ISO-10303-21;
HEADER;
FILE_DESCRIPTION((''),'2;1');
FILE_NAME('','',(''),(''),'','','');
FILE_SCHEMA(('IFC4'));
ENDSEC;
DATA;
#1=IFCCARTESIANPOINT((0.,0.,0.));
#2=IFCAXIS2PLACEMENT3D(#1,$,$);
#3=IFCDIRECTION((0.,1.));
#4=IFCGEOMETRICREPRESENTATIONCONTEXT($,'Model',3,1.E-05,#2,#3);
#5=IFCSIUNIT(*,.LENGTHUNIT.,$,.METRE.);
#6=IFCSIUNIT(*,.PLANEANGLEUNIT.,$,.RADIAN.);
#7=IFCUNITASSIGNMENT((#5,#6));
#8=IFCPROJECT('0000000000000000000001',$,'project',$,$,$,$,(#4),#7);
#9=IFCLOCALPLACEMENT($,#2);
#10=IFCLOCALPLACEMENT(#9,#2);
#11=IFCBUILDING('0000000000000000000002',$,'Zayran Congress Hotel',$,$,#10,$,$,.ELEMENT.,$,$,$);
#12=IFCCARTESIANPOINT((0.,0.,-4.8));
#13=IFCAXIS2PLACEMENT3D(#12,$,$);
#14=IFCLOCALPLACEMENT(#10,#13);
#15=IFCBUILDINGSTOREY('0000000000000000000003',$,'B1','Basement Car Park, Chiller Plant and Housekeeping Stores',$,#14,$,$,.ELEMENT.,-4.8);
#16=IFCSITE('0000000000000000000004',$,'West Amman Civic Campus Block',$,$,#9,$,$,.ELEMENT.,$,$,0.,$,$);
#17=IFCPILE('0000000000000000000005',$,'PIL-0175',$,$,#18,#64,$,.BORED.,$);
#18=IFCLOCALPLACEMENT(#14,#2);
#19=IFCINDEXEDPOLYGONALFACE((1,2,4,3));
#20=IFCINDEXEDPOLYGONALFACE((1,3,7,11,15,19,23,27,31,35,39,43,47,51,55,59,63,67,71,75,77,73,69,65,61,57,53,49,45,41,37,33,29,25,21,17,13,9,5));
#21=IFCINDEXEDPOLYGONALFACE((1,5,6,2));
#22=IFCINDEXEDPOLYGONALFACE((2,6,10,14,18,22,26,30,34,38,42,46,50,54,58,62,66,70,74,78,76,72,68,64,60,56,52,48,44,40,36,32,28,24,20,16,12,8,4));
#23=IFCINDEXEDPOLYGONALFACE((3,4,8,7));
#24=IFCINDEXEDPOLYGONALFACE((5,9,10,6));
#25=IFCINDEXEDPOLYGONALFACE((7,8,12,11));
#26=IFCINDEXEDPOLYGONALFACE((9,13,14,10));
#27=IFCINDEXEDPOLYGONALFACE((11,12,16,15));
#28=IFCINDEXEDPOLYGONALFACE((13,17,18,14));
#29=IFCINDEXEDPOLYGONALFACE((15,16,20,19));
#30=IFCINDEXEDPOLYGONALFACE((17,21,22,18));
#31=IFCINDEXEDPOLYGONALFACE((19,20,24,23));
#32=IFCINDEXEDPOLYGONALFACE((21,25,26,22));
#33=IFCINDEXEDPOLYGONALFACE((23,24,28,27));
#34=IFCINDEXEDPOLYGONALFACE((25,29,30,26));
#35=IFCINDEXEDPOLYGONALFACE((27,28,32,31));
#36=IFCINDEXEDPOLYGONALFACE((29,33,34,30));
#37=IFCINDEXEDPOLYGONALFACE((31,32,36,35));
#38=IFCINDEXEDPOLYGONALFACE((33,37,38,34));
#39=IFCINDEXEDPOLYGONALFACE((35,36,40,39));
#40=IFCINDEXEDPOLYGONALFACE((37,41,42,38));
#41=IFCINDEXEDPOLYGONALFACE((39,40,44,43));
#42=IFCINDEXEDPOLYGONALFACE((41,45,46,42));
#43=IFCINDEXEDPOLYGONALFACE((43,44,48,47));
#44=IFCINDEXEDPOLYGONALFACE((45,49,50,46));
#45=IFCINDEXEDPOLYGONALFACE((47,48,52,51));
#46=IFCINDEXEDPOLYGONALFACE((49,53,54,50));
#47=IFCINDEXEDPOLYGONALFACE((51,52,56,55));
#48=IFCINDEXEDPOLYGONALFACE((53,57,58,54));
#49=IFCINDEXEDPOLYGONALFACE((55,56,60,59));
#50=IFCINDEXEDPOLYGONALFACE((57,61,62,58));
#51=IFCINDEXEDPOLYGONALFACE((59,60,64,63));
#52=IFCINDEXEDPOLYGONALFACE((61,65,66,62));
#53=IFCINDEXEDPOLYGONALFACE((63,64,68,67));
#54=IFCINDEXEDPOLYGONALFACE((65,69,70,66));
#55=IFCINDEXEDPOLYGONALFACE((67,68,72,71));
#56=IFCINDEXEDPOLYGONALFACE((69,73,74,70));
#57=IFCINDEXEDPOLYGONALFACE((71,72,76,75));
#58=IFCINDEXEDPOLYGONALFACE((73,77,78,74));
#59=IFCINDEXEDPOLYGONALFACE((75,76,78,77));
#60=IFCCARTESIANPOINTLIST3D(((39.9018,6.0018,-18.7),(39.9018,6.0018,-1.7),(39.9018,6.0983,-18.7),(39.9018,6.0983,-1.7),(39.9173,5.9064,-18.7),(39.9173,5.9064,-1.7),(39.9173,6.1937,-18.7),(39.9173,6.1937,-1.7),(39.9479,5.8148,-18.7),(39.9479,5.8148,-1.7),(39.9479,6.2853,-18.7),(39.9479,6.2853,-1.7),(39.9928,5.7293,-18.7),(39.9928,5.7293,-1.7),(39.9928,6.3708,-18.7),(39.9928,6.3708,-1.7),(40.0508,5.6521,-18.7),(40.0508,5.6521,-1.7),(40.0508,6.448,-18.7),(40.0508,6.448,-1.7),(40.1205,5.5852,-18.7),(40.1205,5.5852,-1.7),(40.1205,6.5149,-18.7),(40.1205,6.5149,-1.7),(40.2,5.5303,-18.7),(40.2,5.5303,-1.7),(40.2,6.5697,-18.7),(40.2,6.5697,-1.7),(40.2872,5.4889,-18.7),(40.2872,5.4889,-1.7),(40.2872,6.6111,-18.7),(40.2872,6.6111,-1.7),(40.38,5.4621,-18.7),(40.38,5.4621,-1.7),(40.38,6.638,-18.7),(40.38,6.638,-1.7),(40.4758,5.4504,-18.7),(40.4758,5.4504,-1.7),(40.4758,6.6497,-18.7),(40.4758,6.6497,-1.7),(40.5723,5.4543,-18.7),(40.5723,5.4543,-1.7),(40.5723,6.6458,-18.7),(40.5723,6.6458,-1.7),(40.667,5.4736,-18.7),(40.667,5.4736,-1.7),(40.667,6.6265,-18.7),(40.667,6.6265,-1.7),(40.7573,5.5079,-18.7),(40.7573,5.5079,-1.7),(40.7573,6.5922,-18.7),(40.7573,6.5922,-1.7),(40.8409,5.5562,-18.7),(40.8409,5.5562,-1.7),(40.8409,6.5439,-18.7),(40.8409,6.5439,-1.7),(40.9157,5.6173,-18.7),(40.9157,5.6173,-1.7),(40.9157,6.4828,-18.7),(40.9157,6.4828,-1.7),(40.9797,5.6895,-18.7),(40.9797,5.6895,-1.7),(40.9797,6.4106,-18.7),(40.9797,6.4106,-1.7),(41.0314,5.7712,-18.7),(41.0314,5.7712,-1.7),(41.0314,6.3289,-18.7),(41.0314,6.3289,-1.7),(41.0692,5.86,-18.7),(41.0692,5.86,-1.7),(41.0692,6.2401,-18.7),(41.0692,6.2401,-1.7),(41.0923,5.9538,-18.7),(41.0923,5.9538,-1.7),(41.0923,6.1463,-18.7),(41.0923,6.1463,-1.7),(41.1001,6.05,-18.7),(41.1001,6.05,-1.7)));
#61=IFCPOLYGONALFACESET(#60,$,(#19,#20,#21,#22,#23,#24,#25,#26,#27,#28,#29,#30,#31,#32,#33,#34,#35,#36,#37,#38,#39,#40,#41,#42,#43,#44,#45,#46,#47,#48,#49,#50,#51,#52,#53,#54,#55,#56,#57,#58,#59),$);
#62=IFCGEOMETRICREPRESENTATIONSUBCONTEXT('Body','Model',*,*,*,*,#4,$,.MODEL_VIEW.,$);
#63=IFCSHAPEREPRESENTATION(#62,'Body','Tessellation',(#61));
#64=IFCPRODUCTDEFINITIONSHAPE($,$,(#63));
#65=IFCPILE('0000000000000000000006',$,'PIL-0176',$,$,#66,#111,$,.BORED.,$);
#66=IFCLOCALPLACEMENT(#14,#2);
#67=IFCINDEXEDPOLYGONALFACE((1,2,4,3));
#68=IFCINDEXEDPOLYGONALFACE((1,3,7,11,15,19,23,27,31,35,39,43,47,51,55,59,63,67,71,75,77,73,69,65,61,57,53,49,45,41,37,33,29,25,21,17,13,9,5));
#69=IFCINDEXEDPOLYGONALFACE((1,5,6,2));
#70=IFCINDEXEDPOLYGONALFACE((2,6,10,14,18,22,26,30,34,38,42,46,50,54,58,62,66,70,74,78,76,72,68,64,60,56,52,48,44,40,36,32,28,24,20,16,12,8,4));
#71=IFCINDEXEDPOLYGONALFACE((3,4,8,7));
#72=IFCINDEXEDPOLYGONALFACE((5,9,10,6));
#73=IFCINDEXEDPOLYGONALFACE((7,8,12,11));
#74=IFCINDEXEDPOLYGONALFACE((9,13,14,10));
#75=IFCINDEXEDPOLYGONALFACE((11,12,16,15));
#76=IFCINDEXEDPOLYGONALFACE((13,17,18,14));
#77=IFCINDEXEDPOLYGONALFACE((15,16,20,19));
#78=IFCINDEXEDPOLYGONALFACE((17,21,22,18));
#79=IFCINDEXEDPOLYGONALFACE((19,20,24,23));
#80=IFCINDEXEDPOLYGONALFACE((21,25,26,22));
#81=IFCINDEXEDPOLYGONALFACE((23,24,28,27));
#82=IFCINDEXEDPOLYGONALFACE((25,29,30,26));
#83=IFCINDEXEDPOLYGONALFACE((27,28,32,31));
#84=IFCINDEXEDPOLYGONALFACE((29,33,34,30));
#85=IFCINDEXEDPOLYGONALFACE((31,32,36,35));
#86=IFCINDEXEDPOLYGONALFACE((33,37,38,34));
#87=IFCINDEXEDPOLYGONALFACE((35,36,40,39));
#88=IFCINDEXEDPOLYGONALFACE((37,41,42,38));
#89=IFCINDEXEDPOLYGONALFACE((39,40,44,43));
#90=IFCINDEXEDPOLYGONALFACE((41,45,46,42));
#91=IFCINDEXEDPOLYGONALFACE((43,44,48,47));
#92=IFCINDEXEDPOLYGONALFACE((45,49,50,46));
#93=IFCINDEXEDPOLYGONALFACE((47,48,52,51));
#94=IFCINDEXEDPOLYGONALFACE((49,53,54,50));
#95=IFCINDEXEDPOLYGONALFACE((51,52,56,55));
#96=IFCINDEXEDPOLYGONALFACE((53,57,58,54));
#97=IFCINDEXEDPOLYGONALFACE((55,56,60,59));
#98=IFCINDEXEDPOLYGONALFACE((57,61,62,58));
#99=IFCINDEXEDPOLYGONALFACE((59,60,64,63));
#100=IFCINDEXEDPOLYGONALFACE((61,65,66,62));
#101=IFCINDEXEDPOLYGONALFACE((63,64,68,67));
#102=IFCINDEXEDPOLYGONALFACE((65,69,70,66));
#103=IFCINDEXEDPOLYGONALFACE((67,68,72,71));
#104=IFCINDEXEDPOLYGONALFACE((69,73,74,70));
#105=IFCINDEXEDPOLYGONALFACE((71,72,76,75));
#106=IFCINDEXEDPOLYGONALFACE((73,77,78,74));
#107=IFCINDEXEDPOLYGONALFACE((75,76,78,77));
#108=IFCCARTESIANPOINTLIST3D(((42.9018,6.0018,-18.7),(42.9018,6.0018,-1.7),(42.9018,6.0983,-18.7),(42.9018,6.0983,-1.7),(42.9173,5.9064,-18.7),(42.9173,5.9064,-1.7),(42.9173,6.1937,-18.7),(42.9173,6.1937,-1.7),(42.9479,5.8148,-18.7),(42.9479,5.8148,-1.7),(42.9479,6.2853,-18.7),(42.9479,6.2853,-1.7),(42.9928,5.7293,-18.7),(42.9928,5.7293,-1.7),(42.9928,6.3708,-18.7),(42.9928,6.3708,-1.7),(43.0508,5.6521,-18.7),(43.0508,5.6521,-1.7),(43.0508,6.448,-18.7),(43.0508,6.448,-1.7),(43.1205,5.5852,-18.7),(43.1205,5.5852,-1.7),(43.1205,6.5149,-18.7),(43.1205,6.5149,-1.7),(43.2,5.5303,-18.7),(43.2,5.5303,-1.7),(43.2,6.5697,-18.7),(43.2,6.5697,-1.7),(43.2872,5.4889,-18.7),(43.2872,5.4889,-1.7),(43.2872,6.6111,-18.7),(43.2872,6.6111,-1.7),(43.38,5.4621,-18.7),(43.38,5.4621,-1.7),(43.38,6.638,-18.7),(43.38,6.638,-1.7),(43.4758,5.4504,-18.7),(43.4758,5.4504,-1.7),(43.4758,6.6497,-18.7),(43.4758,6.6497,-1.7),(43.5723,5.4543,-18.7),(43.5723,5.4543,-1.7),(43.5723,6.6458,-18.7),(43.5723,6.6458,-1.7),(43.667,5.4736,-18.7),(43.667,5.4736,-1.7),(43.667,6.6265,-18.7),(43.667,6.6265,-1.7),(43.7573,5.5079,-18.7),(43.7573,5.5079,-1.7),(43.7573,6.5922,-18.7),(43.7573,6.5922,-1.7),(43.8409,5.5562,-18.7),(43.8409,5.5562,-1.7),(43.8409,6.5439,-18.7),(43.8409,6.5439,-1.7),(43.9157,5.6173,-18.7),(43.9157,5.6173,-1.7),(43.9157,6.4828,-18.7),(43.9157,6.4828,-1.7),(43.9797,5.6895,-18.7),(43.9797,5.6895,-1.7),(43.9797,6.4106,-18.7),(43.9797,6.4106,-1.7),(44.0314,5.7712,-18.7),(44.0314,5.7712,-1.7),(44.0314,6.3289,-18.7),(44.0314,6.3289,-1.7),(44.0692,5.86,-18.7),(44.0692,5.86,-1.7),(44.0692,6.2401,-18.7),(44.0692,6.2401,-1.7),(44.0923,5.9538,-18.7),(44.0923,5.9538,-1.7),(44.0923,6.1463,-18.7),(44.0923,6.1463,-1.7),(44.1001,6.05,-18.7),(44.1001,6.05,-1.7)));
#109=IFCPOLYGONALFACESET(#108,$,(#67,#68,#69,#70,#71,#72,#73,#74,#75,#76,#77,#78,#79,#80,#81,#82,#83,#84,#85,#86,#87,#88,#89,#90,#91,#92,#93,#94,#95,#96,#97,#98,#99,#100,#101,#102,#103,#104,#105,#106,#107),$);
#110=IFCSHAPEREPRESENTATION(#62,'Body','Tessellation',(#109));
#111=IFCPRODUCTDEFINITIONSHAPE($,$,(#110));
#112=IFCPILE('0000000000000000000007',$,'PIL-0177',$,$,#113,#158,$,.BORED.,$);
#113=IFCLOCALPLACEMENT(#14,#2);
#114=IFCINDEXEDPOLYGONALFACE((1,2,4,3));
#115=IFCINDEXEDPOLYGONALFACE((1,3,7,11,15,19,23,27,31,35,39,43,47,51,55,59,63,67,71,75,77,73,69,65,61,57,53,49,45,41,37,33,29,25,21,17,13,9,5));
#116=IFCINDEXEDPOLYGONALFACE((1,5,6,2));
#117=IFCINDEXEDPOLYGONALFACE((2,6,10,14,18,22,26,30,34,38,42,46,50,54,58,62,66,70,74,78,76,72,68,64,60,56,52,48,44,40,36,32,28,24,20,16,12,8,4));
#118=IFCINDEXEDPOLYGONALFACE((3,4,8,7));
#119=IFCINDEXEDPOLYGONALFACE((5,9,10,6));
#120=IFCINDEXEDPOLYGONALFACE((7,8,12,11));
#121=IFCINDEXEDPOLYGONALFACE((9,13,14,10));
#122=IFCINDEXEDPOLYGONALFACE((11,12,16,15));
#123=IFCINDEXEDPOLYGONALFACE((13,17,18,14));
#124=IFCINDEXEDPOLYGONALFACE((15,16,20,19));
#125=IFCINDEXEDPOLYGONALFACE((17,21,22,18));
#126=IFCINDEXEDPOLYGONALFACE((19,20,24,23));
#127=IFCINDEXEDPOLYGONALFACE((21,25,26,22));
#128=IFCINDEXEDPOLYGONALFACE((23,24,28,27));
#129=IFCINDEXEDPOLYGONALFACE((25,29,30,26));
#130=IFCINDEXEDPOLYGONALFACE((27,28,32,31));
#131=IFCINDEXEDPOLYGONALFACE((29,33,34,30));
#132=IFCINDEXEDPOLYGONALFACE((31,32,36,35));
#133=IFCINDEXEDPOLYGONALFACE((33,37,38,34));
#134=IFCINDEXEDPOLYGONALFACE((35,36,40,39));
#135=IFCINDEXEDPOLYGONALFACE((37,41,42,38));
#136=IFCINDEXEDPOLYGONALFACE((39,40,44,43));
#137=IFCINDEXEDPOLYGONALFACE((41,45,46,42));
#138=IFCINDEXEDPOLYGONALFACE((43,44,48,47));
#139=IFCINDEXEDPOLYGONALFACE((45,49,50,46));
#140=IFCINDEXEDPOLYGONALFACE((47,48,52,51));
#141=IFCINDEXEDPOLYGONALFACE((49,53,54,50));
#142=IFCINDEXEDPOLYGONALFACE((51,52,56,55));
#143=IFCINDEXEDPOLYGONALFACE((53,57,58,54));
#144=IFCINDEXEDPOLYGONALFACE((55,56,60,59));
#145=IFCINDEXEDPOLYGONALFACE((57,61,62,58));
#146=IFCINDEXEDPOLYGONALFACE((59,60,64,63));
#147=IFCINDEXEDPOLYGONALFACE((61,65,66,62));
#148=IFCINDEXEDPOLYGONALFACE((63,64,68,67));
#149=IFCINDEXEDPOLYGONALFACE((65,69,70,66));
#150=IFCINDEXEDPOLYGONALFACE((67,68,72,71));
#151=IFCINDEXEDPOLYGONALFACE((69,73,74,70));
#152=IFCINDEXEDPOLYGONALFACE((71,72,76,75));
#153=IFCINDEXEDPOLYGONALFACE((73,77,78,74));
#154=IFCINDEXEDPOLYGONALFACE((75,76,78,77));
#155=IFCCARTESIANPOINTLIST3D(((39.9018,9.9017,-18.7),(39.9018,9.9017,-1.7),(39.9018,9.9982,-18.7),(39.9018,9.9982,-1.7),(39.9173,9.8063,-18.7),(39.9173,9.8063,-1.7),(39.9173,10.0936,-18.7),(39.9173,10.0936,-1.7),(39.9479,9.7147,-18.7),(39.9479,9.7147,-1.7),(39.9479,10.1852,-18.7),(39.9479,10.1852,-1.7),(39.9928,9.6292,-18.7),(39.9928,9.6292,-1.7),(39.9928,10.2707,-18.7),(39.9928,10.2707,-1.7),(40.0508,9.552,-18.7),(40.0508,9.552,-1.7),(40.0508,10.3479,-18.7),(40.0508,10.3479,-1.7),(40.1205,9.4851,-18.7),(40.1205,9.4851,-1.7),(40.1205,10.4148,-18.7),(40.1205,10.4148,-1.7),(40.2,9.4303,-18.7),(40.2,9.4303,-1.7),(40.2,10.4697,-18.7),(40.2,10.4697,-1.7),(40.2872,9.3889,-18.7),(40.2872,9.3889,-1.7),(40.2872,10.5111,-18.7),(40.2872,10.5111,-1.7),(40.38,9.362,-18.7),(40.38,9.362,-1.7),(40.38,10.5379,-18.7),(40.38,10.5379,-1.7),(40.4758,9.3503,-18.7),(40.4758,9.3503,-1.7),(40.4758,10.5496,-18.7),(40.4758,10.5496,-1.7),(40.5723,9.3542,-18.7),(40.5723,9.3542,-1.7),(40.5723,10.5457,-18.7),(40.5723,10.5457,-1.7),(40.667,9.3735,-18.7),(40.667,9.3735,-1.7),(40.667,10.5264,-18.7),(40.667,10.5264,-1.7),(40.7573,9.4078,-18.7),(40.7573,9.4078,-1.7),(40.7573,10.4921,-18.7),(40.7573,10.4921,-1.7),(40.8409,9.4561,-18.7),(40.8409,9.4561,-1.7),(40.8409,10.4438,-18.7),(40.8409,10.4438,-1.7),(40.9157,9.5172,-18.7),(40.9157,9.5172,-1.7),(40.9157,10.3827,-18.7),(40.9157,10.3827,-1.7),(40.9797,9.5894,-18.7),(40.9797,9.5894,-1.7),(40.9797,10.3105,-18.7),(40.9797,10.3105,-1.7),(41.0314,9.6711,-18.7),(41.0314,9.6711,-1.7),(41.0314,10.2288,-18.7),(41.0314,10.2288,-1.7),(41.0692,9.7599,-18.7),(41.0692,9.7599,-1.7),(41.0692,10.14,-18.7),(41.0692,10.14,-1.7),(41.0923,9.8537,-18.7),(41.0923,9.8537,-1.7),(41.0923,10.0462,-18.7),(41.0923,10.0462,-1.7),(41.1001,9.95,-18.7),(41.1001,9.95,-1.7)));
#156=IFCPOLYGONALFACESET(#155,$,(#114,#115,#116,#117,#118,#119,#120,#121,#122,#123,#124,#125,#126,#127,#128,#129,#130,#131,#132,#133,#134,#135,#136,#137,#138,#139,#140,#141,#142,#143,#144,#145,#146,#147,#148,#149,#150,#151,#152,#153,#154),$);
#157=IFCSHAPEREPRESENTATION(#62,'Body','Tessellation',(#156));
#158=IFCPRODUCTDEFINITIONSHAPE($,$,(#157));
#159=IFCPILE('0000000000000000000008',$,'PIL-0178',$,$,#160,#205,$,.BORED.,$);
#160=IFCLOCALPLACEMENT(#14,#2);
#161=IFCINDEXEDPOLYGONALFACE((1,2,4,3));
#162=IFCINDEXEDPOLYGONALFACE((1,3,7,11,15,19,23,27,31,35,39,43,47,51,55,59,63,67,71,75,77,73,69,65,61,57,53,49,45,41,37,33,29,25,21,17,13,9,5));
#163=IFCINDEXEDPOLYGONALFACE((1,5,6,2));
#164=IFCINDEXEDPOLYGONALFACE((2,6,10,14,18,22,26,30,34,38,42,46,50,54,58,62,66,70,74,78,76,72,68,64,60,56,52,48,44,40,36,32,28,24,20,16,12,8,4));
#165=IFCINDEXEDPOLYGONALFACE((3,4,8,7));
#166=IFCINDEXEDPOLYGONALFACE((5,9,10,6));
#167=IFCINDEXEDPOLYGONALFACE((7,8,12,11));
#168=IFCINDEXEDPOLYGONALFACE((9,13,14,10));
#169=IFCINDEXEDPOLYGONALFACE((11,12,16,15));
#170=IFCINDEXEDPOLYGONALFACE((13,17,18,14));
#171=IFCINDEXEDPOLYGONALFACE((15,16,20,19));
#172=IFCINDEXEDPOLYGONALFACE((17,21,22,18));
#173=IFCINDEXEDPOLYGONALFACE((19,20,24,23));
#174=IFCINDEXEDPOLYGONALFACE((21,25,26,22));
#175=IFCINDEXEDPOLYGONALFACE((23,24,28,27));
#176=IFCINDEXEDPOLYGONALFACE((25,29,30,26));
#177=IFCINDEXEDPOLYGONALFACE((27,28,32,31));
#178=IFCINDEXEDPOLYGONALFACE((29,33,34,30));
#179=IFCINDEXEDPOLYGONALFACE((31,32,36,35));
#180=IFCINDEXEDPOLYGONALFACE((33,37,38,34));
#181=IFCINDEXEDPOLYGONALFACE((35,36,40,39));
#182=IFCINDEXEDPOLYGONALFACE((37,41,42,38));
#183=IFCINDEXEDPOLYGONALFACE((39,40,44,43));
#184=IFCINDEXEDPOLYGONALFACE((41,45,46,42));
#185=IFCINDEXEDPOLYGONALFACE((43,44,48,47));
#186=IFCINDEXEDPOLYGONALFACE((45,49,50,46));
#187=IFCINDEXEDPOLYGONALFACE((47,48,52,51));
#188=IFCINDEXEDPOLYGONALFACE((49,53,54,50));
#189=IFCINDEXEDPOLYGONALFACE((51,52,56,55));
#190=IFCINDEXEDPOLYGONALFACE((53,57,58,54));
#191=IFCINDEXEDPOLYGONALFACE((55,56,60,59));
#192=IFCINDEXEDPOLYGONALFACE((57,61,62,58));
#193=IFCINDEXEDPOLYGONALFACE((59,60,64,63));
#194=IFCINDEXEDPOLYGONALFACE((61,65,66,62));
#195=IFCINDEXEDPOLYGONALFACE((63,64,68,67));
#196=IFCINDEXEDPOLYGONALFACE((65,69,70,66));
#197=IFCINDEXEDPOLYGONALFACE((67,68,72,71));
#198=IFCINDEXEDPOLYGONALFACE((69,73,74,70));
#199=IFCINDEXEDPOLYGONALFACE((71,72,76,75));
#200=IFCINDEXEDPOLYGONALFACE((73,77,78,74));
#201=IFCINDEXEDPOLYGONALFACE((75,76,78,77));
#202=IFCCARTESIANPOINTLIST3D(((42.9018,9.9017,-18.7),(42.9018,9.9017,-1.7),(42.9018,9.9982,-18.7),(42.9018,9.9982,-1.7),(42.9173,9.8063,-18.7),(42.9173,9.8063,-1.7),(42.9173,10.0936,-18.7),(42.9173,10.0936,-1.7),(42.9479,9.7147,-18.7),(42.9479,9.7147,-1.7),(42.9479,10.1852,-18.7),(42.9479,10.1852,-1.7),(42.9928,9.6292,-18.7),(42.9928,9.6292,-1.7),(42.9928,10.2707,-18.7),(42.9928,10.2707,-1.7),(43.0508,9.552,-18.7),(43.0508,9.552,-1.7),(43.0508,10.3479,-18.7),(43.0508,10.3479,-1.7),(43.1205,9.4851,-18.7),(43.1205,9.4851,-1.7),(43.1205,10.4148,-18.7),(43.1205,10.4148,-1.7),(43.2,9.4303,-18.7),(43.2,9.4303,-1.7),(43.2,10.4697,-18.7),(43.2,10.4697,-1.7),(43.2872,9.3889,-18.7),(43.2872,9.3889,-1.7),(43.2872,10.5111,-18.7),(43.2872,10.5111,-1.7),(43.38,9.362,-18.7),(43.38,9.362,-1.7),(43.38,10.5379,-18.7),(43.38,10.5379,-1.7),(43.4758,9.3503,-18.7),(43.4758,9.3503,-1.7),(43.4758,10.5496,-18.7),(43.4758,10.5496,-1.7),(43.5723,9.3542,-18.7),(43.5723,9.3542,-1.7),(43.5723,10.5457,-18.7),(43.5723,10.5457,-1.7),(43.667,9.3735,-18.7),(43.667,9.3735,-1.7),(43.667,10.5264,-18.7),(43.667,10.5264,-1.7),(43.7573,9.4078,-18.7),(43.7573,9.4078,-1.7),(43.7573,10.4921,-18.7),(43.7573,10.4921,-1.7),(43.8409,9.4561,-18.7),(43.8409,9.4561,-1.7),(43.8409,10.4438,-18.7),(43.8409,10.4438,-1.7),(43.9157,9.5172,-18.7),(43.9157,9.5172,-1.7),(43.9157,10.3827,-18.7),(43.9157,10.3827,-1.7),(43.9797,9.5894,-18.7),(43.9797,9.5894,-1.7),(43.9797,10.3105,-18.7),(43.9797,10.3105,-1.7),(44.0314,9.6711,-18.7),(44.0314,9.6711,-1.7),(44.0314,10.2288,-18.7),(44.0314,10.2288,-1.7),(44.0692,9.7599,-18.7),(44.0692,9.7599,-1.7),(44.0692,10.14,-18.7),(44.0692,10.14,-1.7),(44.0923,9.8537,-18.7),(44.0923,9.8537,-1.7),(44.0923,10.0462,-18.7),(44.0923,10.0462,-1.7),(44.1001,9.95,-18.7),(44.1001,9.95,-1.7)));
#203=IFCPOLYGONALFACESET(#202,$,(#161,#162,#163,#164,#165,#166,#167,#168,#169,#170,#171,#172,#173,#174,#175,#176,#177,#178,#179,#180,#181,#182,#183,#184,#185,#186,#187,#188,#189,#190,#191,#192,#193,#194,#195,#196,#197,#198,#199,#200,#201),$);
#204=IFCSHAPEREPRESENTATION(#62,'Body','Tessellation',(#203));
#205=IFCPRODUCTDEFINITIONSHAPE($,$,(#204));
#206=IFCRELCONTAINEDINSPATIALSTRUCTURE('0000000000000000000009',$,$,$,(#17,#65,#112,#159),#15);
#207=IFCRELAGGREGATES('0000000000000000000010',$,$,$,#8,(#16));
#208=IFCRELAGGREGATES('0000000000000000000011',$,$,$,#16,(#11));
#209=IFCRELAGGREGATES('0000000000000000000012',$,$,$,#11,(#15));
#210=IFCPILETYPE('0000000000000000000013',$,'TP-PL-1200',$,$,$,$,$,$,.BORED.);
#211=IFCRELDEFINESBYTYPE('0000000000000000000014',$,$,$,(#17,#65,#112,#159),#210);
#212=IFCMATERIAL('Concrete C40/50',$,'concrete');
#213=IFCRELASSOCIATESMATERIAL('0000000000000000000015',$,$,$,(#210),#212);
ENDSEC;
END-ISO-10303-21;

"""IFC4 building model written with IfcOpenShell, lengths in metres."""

from ifc_helpers import new_model, si_unit, direction, frame, origin, origin_2d, place, context, subcontext, project, spatial, circle, extrude, material, material_profile, profile_set, type_object, element, save


model = new_model("IFC4")

# Units and contexts
model_context = context("Model", 3, precision=1e-05, world=origin(), true_north=direction((0.0, 1.0)))
body_context = subcontext(model_context, "Body", "Model", "MODEL_VIEW")
ifc_project = project(units=[si_unit("LENGTHUNIT", "METRE"), si_unit("PLANEANGLEUNIT", "RADIAN")], contexts=[model_context])

# Site, building, storey
site_placement = place(None, origin())
site = spatial("IfcSite", under=ifc_project, at=site_placement, Name="West Amman Civic Campus Block", CompositionType="ELEMENT", RefElevation=0.0)
building_placement = place(site_placement, origin())
building = spatial("IfcBuilding", under=site, at=building_placement, Name="Zayran Congress Hotel", CompositionType="ELEMENT")
storey_placement = place(building_placement, frame((0.0, 0.0, -4.8)))
storey = spatial("IfcBuildingStorey", under=building, at=storey_placement, Name="B1", Description="Basement Car Park, Chiller Plant and Housekeeping Stores", CompositionType="ELEMENT", Elevation=-4.8)

# Piles
ifc_material_1 = material(Name="Concrete C40/50", Category="concrete")
ifc_material_profile_1 = material_profile(ifc_material_1, circle(Radius=0.6001, at=origin_2d()), Name="PILE D1200")
ifc_profile_set_1 = profile_set([ifc_material_profile_1], Name="Concrete C40/50")
pile_type = type_object("IfcPileType", Name="TP-PL-1200", PredefinedType="BORED", material=ifc_profile_set_1)
for number, where, z_axis, x_axis, name in (
    (1, (40.5, 6.05, -1.7), (0.0, 0.0, -1.0), (1.0, 0.0, 0.0), "PIL-0175"),
    (2, (43.5, 6.05, -1.7), (0.0, 0.0, -1.0), (1.0, 0.0, 0.0), "PIL-0176"),
    (3, (40.5, 9.95, -1.7), (0.0, 0.0, -1.0), (1.0, 0.0, 0.0), "PIL-0177"),
    (4, (43.5, 9.95, -1.7), (0.0, 0.0, -1.0), (1.0, 0.0, 0.0), "PIL-0178"),
):
    element("IfcPile", number, at=place(storey_placement, frame(where, z_axis=z_axis, x_axis=x_axis)), inside=storey, type_object=pile_type, Name=name, PredefinedType="BORED", context=body_context, shape_type="SweptSolid", body=[
        extrude(circle(Radius=0.6001, at=origin_2d()), origin(), (0.0, 0.0, 1.0), 17.0),
    ])

save(model, "model.ifc")
